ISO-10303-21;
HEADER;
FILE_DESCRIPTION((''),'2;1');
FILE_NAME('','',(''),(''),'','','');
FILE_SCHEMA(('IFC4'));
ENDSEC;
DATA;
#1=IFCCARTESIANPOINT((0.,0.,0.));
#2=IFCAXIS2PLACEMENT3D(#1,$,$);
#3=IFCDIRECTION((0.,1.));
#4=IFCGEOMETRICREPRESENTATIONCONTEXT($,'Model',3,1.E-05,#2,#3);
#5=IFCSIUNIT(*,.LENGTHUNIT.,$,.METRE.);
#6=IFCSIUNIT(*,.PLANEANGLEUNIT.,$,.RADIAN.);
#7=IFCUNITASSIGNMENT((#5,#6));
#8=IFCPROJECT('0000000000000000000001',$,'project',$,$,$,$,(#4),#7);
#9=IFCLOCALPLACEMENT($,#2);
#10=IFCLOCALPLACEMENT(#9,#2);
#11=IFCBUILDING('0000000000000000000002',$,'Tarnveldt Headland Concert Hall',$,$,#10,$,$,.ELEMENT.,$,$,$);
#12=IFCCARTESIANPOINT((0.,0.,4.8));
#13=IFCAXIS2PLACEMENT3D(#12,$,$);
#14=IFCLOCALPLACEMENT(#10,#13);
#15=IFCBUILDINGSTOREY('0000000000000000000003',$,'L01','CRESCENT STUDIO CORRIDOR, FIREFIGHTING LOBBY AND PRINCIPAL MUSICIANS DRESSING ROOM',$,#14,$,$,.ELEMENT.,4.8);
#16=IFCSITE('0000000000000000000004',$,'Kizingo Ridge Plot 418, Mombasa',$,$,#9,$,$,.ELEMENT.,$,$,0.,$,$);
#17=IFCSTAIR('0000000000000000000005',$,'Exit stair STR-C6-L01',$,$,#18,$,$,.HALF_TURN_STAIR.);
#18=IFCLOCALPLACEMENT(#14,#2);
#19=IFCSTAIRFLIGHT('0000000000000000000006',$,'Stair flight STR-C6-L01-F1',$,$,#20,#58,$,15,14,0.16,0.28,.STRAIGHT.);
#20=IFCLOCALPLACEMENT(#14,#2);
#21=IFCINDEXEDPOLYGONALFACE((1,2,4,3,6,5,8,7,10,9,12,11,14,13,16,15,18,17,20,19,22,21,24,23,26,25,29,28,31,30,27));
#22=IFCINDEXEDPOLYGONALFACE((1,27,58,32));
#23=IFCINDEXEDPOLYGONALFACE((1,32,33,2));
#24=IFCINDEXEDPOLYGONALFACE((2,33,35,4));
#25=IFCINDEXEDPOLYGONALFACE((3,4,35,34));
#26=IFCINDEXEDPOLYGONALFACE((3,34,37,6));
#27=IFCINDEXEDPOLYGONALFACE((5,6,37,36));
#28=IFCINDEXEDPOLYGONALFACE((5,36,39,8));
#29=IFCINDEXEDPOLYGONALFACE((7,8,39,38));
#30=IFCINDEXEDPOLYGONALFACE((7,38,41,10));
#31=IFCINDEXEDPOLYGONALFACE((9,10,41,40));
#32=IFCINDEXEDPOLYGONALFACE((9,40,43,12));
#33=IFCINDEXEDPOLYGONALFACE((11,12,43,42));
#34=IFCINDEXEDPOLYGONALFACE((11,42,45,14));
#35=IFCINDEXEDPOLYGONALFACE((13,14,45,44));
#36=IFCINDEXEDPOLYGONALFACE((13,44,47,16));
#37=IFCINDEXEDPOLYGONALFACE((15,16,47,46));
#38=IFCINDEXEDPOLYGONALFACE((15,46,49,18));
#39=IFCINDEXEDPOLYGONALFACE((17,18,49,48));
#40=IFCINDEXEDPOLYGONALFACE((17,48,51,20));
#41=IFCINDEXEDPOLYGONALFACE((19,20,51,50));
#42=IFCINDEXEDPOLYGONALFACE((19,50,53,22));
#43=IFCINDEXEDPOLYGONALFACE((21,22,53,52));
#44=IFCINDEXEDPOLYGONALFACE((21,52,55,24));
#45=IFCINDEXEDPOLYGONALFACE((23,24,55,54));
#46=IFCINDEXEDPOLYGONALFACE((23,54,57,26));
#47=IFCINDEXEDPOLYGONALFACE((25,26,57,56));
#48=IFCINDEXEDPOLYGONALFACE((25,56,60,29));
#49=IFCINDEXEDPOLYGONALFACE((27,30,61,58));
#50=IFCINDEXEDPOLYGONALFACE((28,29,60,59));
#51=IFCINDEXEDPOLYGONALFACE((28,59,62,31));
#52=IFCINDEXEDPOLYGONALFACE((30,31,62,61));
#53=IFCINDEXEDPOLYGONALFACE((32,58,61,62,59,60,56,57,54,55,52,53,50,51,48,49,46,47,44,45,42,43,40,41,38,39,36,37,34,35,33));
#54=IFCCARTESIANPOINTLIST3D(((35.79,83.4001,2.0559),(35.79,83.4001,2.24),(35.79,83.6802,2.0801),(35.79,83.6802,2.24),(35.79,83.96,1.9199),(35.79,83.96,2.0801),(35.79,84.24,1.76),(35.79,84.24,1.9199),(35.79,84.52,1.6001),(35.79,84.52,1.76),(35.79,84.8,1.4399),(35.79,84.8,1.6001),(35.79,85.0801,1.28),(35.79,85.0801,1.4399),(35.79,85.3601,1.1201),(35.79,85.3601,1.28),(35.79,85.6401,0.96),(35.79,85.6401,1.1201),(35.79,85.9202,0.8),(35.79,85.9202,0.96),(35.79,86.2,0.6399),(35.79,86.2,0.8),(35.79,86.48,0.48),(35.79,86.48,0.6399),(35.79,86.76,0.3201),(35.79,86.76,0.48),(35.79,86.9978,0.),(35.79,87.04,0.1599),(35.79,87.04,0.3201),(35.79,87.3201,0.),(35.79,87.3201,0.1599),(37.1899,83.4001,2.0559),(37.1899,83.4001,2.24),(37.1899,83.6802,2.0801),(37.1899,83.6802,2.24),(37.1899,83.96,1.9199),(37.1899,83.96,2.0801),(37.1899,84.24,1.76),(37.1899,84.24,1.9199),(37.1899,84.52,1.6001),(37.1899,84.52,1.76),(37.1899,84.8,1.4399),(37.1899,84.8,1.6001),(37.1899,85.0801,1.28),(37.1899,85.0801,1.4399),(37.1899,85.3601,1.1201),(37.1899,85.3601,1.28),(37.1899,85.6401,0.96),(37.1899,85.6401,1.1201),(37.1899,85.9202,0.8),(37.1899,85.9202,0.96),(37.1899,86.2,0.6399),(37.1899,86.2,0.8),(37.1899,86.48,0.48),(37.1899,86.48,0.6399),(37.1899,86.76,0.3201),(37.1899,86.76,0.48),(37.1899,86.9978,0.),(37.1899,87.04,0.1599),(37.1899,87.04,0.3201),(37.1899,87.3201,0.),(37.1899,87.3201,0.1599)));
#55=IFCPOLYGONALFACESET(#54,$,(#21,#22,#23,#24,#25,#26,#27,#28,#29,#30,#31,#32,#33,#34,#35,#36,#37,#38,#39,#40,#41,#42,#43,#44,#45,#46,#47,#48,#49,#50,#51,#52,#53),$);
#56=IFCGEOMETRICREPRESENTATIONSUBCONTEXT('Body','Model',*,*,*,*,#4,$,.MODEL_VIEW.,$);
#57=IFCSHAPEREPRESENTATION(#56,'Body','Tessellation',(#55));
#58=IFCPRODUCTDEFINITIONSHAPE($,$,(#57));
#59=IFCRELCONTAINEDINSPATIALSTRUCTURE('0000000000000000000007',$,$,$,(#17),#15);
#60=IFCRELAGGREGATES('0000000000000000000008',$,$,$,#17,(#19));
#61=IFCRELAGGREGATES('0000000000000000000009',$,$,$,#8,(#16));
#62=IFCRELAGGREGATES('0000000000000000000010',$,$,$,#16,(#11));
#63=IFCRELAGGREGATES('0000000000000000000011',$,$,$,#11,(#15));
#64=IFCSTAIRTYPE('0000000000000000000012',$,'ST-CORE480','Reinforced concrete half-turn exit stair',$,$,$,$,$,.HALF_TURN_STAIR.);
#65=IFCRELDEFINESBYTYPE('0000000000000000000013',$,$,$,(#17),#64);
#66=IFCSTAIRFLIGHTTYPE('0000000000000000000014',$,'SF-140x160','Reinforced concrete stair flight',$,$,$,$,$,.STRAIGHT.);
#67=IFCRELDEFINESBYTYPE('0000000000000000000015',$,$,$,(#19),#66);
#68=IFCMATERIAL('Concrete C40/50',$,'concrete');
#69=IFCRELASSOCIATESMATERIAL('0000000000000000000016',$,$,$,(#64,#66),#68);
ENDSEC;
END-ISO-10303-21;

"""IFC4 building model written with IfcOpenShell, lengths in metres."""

from ifc_helpers import new_model, si_unit, direction, frame, origin, place, context, subcontext, project, spatial, polyline, outline, extrude, material, type_object, element, aggregate, save


model = new_model("IFC4")

# Units and contexts
model_context = context("Model", 3, precision=1e-05, world=origin(), true_north=direction((0.0, 1.0)))
body_context = subcontext(model_context, "Body", "Model", "MODEL_VIEW")
ifc_project = project(units=[si_unit("LENGTHUNIT", "METRE"), si_unit("PLANEANGLEUNIT", "RADIAN")], contexts=[model_context])

# Site, building, storey
site_placement = place(None, origin())
site = spatial("IfcSite", under=ifc_project, at=site_placement, Name="Kizingo Ridge Plot 418, Mombasa", CompositionType="ELEMENT", RefElevation=0.0)
building_placement = place(site_placement, origin())
building = spatial("IfcBuilding", under=site, at=building_placement, Name="Tarnveldt Headland Concert Hall", CompositionType="ELEMENT")
storey_placement = place(building_placement, frame((0.0, 0.0, 4.8)))
storey = spatial("IfcBuildingStorey", under=building, at=storey_placement, Name="L01", Description="CRESCENT STUDIO CORRIDOR, FIREFIGHTING LOBBY AND PRINCIPAL MUSICIANS DRESSING ROOM", CompositionType="ELEMENT", Elevation=4.8)

# Shared definitions
ifc_material_1 = material(Name="Concrete C40/50", Category="concrete")

# Stair, stair flight
stair_type = type_object("IfcStairType", Name="ST-CORE480", Description="Reinforced concrete half-turn exit stair", PredefinedType="HALF_TURN_STAIR", material=ifc_material_1)
stair_placement = place(storey_placement, origin())
stair = element("IfcStair", 1, at=stair_placement, inside=storey, type_object=stair_type, Name="Exit stair STR-C6-L01", PredefinedType="HALF_TURN_STAIR")
stair_flight_type = type_object("IfcStairFlightType", Name="SF-140x160", Description="Reinforced concrete stair flight", PredefinedType="STRAIGHT", material=ifc_material_1)
stair_flight_placement = place(storey_placement, frame((36.49, 87.3201, 0.0), z_axis=(0.0, 0.0, 1.0), x_axis=(0.0, -1.0, 0.0)))
stair_flight = element("IfcStairFlight", 2, at=stair_flight_placement, type_object=stair_flight_type, Name="Stair flight STR-C6-L01-F1", NumberOfRisers=15, NumberOfTreads=14, PredefinedType="STRAIGHT", RiserHeight=0.16, TreadLength=0.28, context=body_context, shape_type="SweptSolid", body=[
    extrude(outline(polyline([(0.0, 0.0), (0.0, 0.1599), (0.28, 0.1599), (0.28, 0.3201), (0.5601, 0.3201), (0.5601, 0.48), (0.8401, 0.48), (0.8401, 0.6399), (1.1201, 0.6399), (1.1201, 0.8), (1.3999, 0.8), (1.3999, 0.96), (1.6799, 0.96), (1.6799, 1.1201), (1.96, 1.1201), (1.96, 1.28), (2.24, 1.28), (2.24, 1.4399), (2.52, 1.4399), (2.52, 1.6001), (2.8, 1.6001), (2.8, 1.76), (3.0801, 1.76), (3.0801, 1.9199), (3.3601, 1.9199), (3.3601, 2.0801), (3.6399, 2.0801), (3.6399, 2.24), (3.9199, 2.24), (3.9199, 2.3999), (3.9199, 2.0559), (0.3223, 0.0), (0.0, 0.0)])), frame((0.0, 0.7, 0.0), z_axis=(0.0, -1.0, 0.0), x_axis=(1.0, 0.0, 0.0)), (0.0, 0.0, 1.0), 1.3999),
])
aggregate(stair, [stair_flight])

save(model, "model.ifc")
